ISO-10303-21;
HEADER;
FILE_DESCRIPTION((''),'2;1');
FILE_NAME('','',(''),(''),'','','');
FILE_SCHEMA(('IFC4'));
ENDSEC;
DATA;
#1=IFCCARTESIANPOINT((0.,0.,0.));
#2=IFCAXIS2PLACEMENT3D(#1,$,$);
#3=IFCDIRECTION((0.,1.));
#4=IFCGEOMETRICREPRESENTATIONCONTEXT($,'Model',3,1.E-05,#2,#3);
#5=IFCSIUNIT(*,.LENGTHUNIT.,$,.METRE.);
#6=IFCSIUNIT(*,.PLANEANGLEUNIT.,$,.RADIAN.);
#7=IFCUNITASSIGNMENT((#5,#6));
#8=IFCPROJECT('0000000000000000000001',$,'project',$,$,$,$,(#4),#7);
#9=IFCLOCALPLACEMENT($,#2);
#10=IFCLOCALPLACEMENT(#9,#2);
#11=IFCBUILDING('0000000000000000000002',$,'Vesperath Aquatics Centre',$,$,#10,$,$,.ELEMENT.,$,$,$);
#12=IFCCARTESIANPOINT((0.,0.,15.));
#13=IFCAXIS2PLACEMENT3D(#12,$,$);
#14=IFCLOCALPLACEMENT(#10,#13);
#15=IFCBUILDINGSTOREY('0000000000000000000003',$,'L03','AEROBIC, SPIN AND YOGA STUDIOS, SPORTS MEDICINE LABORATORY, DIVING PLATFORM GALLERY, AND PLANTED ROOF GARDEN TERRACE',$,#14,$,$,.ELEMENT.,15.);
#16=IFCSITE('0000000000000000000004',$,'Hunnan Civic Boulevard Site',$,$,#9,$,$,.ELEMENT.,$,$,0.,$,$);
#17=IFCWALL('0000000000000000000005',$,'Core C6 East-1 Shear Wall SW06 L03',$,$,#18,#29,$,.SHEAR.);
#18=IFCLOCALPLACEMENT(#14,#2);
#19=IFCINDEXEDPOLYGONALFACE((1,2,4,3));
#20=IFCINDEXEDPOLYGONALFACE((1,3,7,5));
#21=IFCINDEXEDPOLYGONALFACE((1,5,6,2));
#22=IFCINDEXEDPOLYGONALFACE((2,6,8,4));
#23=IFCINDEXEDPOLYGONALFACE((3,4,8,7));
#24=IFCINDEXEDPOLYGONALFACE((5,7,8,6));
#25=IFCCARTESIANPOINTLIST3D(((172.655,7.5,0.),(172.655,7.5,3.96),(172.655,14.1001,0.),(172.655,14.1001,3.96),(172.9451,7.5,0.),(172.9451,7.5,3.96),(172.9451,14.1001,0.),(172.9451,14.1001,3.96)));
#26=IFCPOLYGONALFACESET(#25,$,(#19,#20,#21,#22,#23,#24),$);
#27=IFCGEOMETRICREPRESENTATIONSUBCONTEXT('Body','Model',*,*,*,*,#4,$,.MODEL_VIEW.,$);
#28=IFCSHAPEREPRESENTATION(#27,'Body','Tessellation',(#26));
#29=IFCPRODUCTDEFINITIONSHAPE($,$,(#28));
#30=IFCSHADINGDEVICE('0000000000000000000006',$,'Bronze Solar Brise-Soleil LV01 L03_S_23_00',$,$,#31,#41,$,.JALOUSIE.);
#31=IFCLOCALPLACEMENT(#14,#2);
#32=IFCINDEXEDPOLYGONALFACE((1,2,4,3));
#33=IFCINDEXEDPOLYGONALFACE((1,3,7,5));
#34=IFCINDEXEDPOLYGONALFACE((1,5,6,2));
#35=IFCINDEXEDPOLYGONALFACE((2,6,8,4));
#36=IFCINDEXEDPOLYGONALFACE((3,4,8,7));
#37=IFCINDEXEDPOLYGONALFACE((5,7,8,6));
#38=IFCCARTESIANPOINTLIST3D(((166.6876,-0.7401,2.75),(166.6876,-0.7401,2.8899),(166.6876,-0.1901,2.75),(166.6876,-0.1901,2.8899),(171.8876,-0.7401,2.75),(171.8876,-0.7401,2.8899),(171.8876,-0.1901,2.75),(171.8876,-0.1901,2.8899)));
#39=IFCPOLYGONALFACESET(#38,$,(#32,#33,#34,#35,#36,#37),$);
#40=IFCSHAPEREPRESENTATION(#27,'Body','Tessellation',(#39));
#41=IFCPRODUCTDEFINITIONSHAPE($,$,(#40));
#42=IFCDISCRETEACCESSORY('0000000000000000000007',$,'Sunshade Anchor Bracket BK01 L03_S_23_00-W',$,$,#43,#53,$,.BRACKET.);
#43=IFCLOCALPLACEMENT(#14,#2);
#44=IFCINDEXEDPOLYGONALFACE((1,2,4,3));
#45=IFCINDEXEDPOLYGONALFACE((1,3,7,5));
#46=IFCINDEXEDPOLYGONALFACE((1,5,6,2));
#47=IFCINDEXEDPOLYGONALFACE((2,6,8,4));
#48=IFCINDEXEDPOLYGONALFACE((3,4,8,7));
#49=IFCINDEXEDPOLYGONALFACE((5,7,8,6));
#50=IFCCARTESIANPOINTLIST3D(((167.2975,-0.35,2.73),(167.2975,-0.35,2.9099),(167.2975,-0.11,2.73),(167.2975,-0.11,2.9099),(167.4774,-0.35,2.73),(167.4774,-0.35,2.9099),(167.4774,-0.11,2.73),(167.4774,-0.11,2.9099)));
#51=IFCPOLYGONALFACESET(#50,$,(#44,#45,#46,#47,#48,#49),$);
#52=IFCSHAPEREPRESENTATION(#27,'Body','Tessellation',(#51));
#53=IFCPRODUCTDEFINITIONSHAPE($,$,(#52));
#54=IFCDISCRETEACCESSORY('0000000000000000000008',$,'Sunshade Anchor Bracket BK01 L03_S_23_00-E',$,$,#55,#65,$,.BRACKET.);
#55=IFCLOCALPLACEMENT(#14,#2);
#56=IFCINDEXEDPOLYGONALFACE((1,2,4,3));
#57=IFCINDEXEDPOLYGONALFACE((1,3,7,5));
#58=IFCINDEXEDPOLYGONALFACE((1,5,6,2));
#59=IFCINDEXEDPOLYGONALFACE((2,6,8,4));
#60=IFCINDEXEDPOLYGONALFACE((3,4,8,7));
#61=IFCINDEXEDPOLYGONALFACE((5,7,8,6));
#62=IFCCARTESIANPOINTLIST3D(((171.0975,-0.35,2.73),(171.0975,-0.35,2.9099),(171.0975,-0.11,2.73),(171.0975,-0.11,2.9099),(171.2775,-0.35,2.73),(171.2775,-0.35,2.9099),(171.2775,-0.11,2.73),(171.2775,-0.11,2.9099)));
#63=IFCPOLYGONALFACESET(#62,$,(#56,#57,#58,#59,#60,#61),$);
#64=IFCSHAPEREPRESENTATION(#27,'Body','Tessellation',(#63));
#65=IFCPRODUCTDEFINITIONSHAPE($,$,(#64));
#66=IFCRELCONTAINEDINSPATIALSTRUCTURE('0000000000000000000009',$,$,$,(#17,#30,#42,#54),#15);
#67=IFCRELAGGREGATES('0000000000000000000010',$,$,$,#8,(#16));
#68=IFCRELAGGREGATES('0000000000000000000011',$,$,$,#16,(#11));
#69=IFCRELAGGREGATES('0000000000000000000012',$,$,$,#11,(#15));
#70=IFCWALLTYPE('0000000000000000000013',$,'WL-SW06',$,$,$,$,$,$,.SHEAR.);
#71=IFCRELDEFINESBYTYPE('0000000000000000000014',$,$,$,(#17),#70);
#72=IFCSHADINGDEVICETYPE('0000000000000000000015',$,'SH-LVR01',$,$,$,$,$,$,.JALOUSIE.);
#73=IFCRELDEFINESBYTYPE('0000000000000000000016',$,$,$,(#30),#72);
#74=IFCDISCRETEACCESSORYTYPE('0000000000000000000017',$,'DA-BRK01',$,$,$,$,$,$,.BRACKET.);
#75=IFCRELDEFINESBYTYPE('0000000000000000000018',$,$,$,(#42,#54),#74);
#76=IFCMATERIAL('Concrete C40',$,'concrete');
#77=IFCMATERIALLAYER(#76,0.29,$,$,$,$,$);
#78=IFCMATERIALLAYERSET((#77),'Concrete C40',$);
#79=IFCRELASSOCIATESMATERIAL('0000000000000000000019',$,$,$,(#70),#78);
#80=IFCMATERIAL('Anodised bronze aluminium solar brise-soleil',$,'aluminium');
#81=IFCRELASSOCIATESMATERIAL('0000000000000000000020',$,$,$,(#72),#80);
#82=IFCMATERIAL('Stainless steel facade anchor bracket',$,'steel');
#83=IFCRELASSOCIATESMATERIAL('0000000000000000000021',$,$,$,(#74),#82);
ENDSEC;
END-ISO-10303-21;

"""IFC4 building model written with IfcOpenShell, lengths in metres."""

from ifc_helpers import new_model, si_unit, direction, frame, frame_2d, origin, origin_2d, place, context, subcontext, project, spatial, rectangle, extrude, material, layer, layer_set, type_object, element, save


model = new_model("IFC4")

# Units and contexts
model_context = context("Model", 3, precision=1e-05, world=origin(), true_north=direction((0.0, 1.0)))
body_context = subcontext(model_context, "Body", "Model", "MODEL_VIEW")
ifc_project = project(units=[si_unit("LENGTHUNIT", "METRE"), si_unit("PLANEANGLEUNIT", "RADIAN")], contexts=[model_context])

# Site, building, storey
site_placement = place(None, origin())
site = spatial("IfcSite", under=ifc_project, at=site_placement, Name="Hunnan Civic Boulevard Site", CompositionType="ELEMENT", RefElevation=0.0)
building_placement = place(site_placement, origin())
building = spatial("IfcBuilding", under=site, at=building_placement, Name="Vesperath Aquatics Centre", CompositionType="ELEMENT")
storey_placement = place(building_placement, frame((0.0, 0.0, 15.0)))
storey = spatial("IfcBuildingStorey", under=building, at=storey_placement, Name="L03", Description="AEROBIC, SPIN AND YOGA STUDIOS, SPORTS MEDICINE LABORATORY, DIVING PLATFORM GALLERY, AND PLANTED ROOF GARDEN TERRACE", CompositionType="ELEMENT", Elevation=15.0)

# Shared definitions
ifc_material_1 = material(Name="Concrete C40", Category="concrete")

# Wall
ifc_layer_1 = layer(ifc_material_1, 0.29)
ifc_layer_set_1 = layer_set([ifc_layer_1], Name="Concrete C40")
wall_type_1 = type_object("IfcWallType", Name="WL-SW06", PredefinedType="SHEAR", material=ifc_layer_set_1)
wall_1_placement = place(storey_placement, frame((172.8, 7.5, 0.0), z_axis=(0.0, 0.0, 1.0), x_axis=(0.0, 1.0, 0.0)))
element("IfcWall", 1, at=wall_1_placement, inside=storey, type_object=wall_type_1, Name="Core C6 East-1 Shear Wall SW06 L03", PredefinedType="SHEAR", context=body_context, shape_type="SweptSolid", body=[
    extrude(rectangle(XDim=6.6001, YDim=0.29, at=frame_2d((3.3, 0.0))), origin(), (0.0, 0.0, 1.0), 3.96),
])

# Shading device
ifc_material_2 = material(Name="Anodised bronze aluminium solar brise-soleil", Category="aluminium")
shading_device_type = type_object("IfcShadingDeviceType", Name="SH-LVR01", PredefinedType="JALOUSIE", material=ifc_material_2)
shading_device_placement = place(storey_placement, frame((169.2876, -0.4651, 2.75), z_axis=(0.0, 0.0, 1.0), x_axis=(1.0, 0.0, 0.0)))
element("IfcShadingDevice", 2, at=shading_device_placement, inside=storey, type_object=shading_device_type, Name="Bronze Solar Brise-Soleil LV01 L03_S_23_00", PredefinedType="JALOUSIE", context=body_context, shape_type="SweptSolid", body=[
    extrude(rectangle(XDim=5.2, YDim=0.55, at=origin_2d()), origin(), (0.0, 0.0, 1.0), 0.1399),
])

# Discrete accessories
ifc_material_3 = material(Name="Stainless steel facade anchor bracket", Category="steel")
discrete_accessory_type = type_object("IfcDiscreteAccessoryType", Name="DA-BRK01", PredefinedType="BRACKET", material=ifc_material_3)
for number, where, z_axis, x_axis, name in (
    (3, (167.3875, -0.23, 2.73), (0.0, 0.0, 1.0), (1.0, 0.0, 0.0), "Sunshade Anchor Bracket BK01 L03_S_23_00-W"),
    (4, (171.1875, -0.23, 2.73), (0.0, 0.0, 1.0), (1.0, 0.0, 0.0), "Sunshade Anchor Bracket BK01 L03_S_23_00-E"),
):
    element("IfcDiscreteAccessory", number, at=place(storey_placement, frame(where, z_axis=z_axis, x_axis=x_axis)), inside=storey, type_object=discrete_accessory_type, Name=name, PredefinedType="BRACKET", context=body_context, shape_type="SweptSolid", body=[
        extrude(rectangle(XDim=0.1799, YDim=0.24, at=origin_2d()), origin(), (0.0, 0.0, 1.0), 0.1799),
    ])

save(model, "model.ifc")
